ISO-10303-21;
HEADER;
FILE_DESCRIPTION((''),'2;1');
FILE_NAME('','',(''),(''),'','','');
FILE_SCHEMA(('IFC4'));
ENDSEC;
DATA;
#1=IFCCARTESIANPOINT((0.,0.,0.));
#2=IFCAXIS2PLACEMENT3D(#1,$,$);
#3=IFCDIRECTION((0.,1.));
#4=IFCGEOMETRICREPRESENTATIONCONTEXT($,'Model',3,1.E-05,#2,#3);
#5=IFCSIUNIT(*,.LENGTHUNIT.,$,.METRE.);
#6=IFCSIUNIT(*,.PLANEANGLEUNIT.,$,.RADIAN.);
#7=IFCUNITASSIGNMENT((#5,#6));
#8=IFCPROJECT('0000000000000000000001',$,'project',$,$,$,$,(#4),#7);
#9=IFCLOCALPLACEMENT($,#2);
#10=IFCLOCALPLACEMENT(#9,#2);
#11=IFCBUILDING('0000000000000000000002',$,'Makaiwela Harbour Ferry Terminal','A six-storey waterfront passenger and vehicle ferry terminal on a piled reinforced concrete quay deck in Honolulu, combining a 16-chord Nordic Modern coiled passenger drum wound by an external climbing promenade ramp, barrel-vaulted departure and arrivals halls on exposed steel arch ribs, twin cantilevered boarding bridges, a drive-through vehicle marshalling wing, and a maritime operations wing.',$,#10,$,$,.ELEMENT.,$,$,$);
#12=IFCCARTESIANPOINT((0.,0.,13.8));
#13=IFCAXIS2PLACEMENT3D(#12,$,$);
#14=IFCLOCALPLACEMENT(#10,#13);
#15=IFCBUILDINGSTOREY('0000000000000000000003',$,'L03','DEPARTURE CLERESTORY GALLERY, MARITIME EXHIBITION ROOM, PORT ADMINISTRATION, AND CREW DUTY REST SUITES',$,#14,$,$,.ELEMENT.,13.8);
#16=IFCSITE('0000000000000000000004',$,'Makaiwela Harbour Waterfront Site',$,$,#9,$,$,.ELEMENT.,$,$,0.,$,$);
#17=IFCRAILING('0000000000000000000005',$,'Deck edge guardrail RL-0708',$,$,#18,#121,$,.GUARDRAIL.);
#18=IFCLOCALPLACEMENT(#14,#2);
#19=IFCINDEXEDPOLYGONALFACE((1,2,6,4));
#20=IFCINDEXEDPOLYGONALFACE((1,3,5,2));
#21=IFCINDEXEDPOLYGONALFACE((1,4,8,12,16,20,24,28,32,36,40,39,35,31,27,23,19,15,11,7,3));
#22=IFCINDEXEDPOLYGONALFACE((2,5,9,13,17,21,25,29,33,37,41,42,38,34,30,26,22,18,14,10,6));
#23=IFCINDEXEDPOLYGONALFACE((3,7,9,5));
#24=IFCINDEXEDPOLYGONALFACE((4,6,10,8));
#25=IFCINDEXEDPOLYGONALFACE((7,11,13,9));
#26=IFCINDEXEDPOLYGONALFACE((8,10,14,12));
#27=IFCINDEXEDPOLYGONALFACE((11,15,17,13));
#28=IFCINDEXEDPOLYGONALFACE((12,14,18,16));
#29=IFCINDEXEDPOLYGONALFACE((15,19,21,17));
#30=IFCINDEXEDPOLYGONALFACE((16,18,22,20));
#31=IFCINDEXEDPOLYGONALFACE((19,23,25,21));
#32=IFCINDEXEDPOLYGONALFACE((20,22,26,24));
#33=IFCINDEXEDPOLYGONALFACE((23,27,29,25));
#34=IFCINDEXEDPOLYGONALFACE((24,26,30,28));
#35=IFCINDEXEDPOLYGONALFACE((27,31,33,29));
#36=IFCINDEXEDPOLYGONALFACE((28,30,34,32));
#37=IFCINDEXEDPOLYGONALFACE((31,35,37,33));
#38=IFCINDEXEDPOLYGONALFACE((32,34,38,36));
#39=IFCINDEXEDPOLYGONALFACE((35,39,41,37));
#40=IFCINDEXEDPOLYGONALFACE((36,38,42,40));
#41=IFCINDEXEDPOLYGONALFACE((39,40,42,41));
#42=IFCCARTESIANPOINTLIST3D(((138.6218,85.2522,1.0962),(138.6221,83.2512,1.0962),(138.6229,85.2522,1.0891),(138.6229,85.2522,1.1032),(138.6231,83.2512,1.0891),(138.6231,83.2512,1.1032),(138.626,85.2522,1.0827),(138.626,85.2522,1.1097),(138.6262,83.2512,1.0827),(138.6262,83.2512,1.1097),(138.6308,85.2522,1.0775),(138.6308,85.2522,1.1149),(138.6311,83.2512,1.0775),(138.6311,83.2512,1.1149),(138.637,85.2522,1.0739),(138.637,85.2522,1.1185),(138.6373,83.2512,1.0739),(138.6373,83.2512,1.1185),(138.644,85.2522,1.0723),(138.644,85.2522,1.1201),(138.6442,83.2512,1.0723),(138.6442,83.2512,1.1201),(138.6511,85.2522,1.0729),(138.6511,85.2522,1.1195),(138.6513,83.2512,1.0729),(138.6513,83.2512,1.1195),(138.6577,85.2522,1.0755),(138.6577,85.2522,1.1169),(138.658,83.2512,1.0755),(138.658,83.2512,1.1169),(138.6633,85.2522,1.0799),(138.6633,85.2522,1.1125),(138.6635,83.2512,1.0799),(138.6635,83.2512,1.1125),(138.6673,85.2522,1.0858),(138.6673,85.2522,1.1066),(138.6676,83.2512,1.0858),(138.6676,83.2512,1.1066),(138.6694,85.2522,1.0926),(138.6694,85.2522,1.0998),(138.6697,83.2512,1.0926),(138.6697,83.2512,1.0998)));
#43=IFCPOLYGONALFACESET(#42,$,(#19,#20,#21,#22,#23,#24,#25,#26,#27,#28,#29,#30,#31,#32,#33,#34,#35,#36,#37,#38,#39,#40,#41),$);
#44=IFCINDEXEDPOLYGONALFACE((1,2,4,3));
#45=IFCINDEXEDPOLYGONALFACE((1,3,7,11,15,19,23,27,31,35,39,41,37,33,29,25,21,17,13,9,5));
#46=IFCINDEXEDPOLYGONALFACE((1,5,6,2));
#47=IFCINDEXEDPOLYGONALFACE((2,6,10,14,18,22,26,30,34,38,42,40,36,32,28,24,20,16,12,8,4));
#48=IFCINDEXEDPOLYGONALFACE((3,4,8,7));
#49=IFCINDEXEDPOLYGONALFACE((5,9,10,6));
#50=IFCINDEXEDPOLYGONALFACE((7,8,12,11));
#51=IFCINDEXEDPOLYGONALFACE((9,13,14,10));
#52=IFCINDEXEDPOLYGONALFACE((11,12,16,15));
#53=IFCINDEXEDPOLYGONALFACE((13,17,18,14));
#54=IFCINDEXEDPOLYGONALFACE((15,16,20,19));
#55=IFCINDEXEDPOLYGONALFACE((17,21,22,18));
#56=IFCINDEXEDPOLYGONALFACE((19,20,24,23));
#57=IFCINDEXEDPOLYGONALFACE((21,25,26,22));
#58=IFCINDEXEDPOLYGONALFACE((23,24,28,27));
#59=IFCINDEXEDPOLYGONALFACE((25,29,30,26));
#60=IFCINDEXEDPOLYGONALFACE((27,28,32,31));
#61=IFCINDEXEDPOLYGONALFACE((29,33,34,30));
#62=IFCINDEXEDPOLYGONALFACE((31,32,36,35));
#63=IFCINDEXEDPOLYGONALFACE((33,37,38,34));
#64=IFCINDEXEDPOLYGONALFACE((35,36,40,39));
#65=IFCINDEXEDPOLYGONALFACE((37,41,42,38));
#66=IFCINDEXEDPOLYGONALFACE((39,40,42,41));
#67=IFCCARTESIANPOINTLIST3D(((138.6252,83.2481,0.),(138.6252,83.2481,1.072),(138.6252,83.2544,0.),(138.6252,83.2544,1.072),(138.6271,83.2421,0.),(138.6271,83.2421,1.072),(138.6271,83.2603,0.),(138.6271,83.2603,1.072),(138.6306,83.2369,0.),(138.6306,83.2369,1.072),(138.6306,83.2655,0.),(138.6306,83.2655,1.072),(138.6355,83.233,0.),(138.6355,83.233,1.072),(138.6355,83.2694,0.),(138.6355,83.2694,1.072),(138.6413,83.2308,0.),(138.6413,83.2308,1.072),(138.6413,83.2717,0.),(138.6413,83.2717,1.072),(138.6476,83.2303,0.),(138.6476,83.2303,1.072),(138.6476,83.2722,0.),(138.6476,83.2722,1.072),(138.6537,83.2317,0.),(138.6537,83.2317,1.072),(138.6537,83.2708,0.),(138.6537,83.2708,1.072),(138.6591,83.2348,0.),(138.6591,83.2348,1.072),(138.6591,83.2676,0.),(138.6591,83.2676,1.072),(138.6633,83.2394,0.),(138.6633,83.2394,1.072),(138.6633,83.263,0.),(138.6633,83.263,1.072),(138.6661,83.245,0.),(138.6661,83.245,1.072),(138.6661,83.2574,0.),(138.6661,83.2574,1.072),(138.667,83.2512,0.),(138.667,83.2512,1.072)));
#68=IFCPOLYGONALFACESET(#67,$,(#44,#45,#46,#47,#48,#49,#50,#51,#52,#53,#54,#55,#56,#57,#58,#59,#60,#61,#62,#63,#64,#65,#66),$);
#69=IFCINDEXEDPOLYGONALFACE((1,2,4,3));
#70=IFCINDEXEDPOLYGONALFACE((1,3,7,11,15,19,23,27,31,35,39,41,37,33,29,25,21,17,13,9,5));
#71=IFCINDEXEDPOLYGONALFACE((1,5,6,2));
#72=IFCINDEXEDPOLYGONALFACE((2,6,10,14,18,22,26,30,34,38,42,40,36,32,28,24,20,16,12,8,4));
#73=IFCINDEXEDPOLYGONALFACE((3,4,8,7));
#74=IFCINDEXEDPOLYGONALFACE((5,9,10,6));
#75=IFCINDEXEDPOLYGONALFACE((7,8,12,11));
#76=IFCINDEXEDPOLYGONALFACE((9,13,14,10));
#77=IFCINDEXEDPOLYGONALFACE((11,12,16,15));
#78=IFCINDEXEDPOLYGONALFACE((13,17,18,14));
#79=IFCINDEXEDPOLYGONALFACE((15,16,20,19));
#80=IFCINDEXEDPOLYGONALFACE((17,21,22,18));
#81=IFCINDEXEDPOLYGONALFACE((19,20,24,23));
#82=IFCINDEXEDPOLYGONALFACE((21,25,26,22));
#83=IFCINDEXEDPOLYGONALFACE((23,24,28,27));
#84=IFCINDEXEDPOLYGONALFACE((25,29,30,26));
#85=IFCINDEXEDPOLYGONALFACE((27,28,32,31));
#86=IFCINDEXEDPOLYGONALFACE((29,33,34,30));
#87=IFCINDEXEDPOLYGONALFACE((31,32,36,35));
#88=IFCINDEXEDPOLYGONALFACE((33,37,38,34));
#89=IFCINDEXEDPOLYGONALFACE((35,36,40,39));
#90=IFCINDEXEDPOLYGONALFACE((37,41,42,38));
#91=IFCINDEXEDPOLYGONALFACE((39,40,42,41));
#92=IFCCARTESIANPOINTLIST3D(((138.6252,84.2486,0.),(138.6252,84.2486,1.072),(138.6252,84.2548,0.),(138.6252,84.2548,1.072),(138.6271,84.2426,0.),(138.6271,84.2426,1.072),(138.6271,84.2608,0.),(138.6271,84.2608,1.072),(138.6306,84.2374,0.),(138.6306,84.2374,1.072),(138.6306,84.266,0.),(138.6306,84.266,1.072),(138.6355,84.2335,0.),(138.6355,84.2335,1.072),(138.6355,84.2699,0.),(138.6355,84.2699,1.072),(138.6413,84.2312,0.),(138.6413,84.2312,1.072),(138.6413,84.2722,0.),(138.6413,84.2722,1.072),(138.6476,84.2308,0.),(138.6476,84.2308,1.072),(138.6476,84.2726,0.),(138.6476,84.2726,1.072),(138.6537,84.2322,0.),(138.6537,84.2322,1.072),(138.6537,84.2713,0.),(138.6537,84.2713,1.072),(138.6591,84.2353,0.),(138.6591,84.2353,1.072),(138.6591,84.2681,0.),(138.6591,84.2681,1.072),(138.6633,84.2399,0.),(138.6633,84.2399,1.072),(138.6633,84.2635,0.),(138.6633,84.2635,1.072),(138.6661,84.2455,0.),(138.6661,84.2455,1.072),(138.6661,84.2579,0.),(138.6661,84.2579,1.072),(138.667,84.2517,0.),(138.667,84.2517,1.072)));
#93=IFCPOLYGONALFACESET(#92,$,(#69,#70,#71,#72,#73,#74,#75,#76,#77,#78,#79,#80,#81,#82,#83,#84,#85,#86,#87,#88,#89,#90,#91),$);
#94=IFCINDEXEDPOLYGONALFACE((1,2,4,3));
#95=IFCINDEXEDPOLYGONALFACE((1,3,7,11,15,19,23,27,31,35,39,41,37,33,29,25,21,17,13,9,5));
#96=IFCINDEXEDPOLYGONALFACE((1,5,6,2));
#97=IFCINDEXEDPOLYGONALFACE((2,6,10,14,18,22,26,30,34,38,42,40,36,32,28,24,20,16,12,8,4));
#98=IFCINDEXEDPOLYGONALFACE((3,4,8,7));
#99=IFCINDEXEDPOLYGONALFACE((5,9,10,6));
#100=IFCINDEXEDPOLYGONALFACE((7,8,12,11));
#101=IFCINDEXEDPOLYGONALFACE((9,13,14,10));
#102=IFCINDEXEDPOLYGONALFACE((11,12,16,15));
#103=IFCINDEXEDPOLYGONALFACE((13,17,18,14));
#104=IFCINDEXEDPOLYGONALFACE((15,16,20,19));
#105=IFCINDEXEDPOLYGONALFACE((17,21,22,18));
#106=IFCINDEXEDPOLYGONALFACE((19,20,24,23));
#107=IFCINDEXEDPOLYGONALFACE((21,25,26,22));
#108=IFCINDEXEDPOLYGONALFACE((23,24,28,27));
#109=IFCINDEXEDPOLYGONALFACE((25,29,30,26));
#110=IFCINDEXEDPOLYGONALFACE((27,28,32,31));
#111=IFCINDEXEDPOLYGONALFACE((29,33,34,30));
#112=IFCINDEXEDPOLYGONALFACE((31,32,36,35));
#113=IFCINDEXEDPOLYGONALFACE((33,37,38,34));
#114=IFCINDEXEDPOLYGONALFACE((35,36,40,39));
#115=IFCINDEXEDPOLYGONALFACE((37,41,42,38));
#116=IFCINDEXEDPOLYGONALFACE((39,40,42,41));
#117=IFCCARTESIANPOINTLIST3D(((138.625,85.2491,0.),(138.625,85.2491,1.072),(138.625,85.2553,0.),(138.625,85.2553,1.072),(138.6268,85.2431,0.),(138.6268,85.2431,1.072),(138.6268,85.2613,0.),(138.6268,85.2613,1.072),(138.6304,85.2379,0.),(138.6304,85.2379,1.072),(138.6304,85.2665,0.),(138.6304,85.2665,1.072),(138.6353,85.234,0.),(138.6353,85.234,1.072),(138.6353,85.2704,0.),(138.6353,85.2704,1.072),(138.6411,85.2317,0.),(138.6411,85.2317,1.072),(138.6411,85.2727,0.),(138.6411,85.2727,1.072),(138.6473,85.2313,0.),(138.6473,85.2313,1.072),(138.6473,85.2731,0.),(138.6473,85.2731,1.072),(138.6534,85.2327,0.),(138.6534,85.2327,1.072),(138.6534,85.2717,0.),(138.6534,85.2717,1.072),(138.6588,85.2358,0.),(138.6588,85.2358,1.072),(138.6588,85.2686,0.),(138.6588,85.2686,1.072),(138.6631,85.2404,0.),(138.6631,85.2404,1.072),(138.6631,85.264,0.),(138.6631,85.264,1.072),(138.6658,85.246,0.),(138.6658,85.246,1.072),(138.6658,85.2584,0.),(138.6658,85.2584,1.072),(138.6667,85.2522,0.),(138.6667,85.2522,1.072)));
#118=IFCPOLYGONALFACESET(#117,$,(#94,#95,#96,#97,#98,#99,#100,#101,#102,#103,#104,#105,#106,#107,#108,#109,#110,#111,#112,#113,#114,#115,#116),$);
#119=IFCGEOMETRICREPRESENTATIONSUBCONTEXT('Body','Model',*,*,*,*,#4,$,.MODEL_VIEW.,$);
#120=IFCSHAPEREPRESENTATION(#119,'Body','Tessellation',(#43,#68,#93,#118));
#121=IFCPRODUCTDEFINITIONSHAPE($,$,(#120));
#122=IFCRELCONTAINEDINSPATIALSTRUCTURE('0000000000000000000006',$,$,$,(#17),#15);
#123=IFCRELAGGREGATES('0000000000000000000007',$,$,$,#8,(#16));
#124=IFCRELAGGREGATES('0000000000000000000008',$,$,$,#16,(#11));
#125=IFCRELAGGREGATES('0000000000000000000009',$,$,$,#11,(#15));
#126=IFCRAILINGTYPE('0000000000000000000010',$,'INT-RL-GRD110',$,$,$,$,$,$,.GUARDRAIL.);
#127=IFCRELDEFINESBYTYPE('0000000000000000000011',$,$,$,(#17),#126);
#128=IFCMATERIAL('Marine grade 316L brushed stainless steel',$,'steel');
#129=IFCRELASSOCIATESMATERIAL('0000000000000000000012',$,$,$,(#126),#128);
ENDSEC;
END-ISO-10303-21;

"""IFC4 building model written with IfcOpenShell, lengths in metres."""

from ifc_helpers import new_model, si_unit, direction, frame, origin, origin_2d, place, context, subcontext, project, spatial, circle, extrude, material, type_object, element, save


model = new_model("IFC4")

# Units and contexts
model_context = context("Model", 3, precision=1e-05, world=origin(), true_north=direction((0.0, 1.0)))
body_context = subcontext(model_context, "Body", "Model", "MODEL_VIEW")
ifc_project = project(units=[si_unit("LENGTHUNIT", "METRE"), si_unit("PLANEANGLEUNIT", "RADIAN")], contexts=[model_context])

# Site, building, storey
site_placement = place(None, origin())
site = spatial("IfcSite", under=ifc_project, at=site_placement, Name="Makaiwela Harbour Waterfront Site", CompositionType="ELEMENT", RefElevation=0.0)
building_placement = place(site_placement, origin())
building = spatial("IfcBuilding", under=site, at=building_placement, Name="Makaiwela Harbour Ferry Terminal", Description="A six-storey waterfront passenger and vehicle ferry terminal on a piled reinforced concrete quay deck in Honolulu, combining a 16-chord Nordic Modern coiled passenger drum wound by an external climbing promenade ramp, barrel-vaulted departure and arrivals halls on exposed steel arch ribs, twin cantilevered boarding bridges, a drive-through vehicle marshalling wing, and a maritime operations wing.", CompositionType="ELEMENT")
storey_placement = place(building_placement, frame((0.0, 0.0, 13.8)))
storey = spatial("IfcBuildingStorey", under=building, at=storey_placement, Name="L03", Description="DEPARTURE CLERESTORY GALLERY, MARITIME EXHIBITION ROOM, PORT ADMINISTRATION, AND CREW DUTY REST SUITES", CompositionType="ELEMENT", Elevation=13.8)

# Railing
ifc_material_1 = material(Name="Marine grade 316L brushed stainless steel", Category="steel")
railing_type = type_object("IfcRailingType", Name="INT-RL-GRD110", PredefinedType="GUARDRAIL", material=ifc_material_1)
railing_1_placement = place(storey_placement, frame((138.646, 83.2512, 0.0)))
element("IfcRailing", 1, at=railing_1_placement, inside=storey, type_object=railing_type, Name="Deck edge guardrail RL-0708", PredefinedType="GUARDRAIL", context=body_context, shape_type="SweptSolid", body=[
    extrude(circle(Radius=0.0239, at=origin_2d()), frame((0.0, 0.0, 1.0962), z_axis=(-0.000122, 1.0, 0.0), x_axis=(-1.0, -0.000122, 0.0)), (0.0, 0.0, 1.0), 2.001),
    extrude(circle(Radius=0.021, at=origin_2d()), origin(), (0.0, 0.0, 1.0), 1.072),
    extrude(circle(Radius=0.021, at=origin_2d()), frame((0.0, 1.0005, 0.0)), (0.0, 0.0, 1.0), 1.072),
    extrude(circle(Radius=0.021, at=origin_2d()), frame((-0.0002, 2.001, 0.0)), (0.0, 0.0, 1.0), 1.072),
])

save(model, "model.ifc")
